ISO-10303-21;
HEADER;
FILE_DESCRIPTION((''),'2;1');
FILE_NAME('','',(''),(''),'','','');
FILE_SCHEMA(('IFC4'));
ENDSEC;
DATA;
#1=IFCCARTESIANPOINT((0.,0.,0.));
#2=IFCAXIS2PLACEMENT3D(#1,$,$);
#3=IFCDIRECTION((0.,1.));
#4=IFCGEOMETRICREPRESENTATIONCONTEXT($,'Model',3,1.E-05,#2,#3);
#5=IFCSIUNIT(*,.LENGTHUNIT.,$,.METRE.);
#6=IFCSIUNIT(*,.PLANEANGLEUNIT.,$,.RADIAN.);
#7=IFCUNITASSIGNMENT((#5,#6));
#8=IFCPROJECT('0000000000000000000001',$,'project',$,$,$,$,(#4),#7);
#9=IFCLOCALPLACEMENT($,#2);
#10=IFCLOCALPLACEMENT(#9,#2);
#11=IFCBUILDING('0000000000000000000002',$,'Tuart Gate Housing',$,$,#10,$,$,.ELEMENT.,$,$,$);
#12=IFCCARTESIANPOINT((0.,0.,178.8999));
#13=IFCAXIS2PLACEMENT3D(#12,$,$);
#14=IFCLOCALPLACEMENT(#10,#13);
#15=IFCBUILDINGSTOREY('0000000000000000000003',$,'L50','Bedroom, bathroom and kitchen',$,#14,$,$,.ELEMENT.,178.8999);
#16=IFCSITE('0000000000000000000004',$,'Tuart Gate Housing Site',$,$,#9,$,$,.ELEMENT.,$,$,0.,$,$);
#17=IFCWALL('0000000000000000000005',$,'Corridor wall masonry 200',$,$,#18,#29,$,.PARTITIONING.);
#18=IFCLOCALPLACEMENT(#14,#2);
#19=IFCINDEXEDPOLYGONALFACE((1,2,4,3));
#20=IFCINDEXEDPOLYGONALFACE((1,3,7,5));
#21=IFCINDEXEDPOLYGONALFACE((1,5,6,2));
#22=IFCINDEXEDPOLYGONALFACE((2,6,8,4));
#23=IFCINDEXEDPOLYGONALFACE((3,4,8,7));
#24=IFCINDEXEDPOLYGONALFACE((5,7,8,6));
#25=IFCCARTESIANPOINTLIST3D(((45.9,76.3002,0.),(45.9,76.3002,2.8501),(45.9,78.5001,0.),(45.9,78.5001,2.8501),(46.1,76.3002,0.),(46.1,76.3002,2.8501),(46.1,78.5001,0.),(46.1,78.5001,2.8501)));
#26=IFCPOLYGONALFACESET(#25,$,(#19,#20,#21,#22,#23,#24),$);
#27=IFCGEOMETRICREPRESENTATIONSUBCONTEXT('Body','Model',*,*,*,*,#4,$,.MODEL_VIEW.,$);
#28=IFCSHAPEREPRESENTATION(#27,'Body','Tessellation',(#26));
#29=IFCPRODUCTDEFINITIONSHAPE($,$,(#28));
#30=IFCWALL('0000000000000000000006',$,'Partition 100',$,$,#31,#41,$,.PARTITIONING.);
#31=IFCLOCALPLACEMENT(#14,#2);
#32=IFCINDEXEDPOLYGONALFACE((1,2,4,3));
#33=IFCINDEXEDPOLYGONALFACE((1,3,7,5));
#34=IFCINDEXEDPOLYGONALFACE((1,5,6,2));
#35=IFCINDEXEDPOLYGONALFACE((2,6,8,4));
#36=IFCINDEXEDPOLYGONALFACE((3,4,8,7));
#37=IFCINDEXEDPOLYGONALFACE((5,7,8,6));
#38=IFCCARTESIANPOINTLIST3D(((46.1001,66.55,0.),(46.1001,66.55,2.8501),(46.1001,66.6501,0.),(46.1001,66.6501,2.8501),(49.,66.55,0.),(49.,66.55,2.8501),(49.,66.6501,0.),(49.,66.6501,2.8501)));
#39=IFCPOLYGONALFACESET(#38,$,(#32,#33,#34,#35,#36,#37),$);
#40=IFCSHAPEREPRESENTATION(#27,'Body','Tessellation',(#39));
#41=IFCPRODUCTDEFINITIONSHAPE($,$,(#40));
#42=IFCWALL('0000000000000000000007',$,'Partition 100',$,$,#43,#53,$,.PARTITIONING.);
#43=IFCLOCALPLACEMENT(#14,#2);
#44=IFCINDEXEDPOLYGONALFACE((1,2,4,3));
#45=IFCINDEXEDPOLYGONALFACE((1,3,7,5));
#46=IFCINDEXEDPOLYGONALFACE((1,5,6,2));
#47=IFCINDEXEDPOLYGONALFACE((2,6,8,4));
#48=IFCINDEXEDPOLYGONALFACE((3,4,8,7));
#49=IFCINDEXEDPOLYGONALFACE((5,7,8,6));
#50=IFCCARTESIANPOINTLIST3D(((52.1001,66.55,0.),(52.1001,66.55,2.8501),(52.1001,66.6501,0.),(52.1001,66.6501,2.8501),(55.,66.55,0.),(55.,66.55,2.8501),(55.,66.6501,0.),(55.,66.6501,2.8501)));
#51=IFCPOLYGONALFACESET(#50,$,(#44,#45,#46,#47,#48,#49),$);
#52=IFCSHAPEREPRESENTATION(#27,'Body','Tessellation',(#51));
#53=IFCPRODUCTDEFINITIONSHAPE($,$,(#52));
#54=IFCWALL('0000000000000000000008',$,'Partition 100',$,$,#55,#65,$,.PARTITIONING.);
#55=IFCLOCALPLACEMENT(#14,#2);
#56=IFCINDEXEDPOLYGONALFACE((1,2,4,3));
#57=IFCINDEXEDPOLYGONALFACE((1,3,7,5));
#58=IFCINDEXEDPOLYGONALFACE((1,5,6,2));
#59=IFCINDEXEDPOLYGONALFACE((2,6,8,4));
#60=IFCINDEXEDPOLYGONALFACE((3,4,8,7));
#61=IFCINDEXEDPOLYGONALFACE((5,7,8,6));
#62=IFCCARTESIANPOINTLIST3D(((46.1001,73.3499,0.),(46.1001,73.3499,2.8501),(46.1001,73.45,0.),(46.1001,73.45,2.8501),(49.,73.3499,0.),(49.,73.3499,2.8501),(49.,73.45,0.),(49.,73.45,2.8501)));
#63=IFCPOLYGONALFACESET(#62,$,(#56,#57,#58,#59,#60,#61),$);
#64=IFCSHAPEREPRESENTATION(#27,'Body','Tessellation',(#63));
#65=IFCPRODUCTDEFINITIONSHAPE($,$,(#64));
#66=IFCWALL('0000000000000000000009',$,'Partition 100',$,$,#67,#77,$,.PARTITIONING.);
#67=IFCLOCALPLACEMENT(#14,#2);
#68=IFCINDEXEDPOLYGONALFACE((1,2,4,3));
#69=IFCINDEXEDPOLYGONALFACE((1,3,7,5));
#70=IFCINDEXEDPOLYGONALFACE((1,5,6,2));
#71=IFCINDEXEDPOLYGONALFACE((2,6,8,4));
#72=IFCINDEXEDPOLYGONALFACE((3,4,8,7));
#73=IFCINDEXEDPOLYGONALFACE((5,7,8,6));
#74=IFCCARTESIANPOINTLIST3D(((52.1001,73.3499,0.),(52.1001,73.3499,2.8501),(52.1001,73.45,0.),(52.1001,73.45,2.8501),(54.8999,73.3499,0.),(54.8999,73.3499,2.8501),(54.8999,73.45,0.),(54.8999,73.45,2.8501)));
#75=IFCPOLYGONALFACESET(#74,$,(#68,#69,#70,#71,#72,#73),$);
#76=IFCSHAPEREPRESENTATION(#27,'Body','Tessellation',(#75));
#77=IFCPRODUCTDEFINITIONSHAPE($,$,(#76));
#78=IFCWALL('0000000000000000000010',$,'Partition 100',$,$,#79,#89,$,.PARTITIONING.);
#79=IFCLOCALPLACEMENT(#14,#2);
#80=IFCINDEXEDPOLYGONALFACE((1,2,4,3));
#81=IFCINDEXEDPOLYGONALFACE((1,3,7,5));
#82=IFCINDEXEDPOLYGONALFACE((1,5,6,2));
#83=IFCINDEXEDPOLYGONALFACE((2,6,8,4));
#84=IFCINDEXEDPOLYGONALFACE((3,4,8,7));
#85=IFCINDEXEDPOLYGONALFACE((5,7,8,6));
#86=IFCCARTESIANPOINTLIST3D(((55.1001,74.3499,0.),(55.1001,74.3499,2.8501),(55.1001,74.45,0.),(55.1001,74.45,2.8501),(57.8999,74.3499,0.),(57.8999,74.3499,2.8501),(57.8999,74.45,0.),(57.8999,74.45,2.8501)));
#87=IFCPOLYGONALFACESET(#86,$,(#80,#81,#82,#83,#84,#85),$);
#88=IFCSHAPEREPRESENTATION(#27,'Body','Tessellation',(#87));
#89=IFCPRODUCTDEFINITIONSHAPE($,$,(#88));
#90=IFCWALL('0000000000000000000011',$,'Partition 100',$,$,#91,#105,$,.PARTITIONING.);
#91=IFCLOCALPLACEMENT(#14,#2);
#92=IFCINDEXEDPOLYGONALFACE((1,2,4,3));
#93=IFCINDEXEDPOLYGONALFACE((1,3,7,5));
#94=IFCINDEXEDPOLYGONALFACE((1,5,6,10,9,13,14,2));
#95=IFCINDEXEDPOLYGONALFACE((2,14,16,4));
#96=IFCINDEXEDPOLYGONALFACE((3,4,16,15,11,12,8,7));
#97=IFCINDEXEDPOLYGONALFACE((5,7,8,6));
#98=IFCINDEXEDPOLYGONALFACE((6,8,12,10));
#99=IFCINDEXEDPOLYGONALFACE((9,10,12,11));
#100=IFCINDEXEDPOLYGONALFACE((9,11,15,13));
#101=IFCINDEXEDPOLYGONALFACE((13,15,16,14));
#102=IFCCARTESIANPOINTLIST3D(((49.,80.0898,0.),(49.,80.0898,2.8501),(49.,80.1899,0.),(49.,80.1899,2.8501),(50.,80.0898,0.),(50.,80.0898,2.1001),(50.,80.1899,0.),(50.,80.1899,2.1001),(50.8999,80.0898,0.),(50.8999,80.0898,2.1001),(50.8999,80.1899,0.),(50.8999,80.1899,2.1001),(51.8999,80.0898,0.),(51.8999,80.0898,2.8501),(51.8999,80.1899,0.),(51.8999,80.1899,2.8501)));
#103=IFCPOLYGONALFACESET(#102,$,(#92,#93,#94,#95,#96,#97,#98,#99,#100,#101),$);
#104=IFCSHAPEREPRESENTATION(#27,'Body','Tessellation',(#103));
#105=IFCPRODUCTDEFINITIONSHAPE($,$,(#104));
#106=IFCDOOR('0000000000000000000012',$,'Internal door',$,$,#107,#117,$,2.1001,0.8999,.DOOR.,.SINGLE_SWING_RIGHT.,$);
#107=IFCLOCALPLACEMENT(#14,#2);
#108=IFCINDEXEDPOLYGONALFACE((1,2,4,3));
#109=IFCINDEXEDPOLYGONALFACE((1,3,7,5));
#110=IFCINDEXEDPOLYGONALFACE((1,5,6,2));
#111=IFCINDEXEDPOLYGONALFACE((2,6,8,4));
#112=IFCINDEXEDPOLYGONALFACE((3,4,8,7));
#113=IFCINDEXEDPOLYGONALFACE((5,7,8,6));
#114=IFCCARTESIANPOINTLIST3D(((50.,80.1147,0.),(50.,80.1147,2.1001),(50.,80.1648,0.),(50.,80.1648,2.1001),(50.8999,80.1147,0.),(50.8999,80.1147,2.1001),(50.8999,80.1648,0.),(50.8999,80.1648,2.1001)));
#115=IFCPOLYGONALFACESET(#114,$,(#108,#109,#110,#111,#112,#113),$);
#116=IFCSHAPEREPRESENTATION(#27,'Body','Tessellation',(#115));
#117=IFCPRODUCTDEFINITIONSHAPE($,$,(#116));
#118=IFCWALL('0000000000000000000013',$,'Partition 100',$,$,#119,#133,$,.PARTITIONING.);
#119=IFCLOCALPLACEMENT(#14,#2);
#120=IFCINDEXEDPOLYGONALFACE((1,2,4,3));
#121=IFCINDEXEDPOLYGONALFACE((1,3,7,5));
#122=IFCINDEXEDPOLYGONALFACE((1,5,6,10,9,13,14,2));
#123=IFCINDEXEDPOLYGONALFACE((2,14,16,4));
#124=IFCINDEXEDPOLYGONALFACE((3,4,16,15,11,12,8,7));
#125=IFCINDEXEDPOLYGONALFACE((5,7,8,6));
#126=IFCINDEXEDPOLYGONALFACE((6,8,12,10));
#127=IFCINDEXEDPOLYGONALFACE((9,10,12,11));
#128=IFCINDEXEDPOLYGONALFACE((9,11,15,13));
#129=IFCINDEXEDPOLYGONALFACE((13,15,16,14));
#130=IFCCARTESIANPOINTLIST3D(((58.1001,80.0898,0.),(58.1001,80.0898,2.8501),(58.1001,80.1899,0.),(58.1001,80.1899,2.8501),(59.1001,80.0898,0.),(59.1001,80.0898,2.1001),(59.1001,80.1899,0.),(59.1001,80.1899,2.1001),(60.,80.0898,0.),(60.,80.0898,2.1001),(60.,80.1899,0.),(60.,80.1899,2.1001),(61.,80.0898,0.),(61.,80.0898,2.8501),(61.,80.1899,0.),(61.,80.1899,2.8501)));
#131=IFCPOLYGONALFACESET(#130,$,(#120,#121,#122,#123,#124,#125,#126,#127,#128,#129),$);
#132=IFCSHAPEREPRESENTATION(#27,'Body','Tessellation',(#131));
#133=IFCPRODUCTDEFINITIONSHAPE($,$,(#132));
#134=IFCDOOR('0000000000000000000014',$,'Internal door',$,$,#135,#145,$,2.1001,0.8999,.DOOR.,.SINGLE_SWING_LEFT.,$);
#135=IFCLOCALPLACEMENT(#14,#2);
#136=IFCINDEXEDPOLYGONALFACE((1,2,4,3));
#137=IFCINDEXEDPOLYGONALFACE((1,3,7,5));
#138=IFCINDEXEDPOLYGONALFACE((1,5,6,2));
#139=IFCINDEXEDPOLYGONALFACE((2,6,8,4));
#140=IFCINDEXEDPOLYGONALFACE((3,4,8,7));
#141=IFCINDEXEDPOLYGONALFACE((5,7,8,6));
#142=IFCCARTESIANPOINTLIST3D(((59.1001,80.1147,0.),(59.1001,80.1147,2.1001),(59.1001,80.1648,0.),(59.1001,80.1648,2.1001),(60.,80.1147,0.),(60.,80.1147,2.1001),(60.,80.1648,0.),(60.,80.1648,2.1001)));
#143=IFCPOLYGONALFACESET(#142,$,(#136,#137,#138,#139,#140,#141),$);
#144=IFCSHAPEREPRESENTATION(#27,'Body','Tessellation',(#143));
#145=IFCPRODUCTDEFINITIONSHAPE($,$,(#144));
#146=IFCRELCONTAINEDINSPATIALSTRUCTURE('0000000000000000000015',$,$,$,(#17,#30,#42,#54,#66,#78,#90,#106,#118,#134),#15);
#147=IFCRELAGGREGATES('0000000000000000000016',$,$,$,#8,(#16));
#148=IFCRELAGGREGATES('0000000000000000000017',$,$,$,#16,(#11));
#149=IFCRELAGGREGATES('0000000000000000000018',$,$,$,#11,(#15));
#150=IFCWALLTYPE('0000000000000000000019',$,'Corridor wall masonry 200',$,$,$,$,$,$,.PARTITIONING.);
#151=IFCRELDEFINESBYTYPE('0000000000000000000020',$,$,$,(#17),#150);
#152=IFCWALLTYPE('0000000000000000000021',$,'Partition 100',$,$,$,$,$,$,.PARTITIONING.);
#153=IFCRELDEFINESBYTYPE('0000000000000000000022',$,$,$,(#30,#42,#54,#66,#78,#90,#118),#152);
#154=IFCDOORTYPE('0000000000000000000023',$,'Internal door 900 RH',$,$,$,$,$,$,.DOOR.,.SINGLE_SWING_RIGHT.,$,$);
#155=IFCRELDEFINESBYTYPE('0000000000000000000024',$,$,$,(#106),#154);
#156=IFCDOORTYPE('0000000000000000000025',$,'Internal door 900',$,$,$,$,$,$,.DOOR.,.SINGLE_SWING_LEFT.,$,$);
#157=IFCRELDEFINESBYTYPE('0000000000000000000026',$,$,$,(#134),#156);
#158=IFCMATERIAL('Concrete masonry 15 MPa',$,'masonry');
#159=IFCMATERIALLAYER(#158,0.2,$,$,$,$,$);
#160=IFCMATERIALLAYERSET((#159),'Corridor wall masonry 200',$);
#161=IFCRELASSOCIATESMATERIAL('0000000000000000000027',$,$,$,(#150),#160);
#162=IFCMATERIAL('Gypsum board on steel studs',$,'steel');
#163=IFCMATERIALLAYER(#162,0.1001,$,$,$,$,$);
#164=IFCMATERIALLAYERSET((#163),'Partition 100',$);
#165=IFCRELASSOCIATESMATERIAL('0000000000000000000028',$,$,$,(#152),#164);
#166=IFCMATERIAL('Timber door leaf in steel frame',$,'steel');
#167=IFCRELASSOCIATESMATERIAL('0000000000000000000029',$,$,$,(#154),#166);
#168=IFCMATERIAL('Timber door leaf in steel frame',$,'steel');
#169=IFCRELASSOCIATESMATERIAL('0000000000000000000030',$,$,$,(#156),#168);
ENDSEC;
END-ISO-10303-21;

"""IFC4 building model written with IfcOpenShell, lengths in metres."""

from ifc_helpers import new_model, si_unit, direction, frame, frame_2d, origin, place, context, subcontext, project, spatial, rectangle, extrude, material, layer, layer_set, type_object, element, fill, save


model = new_model("IFC4")

# Units and contexts
model_context = context("Model", 3, precision=1e-05, world=origin(), true_north=direction((0.0, 1.0)))
body_context = subcontext(model_context, "Body", "Model", "MODEL_VIEW")
ifc_project = project(units=[si_unit("LENGTHUNIT", "METRE"), si_unit("PLANEANGLEUNIT", "RADIAN")], contexts=[model_context])

# Site, building, storey
site_placement = place(None, origin())
site = spatial("IfcSite", under=ifc_project, at=site_placement, Name="Tuart Gate Housing Site", CompositionType="ELEMENT", RefElevation=0.0)
building_placement = place(site_placement, origin())
building = spatial("IfcBuilding", under=site, at=building_placement, Name="Tuart Gate Housing", CompositionType="ELEMENT")
storey_placement = place(building_placement, frame((0.0, 0.0, 178.8999)))
storey = spatial("IfcBuildingStorey", under=building, at=storey_placement, Name="L50", Description="Bedroom, bathroom and kitchen", CompositionType="ELEMENT", Elevation=178.8999)

# Walls
ifc_material_1 = material(Name="Concrete masonry 15 MPa", Category="masonry")
ifc_layer_1 = layer(ifc_material_1, 0.2)
ifc_layer_set_1 = layer_set([ifc_layer_1], Name="Corridor wall masonry 200")
wall_type_1 = type_object("IfcWallType", Name="Corridor wall masonry 200", PredefinedType="PARTITIONING", material=ifc_layer_set_1)
wall_1_placement = place(storey_placement, frame((46.0, 76.3, 0.0), z_axis=(0.0, 0.0, 1.0), x_axis=(0.0, 1.0, 0.0)))
element("IfcWall", 1, at=wall_1_placement, inside=storey, type_object=wall_type_1, Name="Corridor wall masonry 200", PredefinedType="PARTITIONING", context=body_context, shape_type="SweptSolid", body=[
    extrude(rectangle(XDim=2.2, YDim=0.2, at=frame_2d((1.1001, 0.0))), origin(), (0.0, 0.0, 1.0), 2.8501),
])
ifc_material_2 = material(Name="Gypsum board on steel studs", Category="steel")
ifc_layer_2 = layer(ifc_material_2, 0.1001)
ifc_layer_set_2 = layer_set([ifc_layer_2], Name="Partition 100")
wall_type_2 = type_object("IfcWallType", Name="Partition 100", PredefinedType="PARTITIONING", material=ifc_layer_set_2)
for number, where, z_axis, x_axis, name in (
    (2, (46.1001, 66.6001, 0.0), (0.0, 0.0, 1.0), (1.0, 0.0, 0.0), "Partition 100"),
    (3, (52.1001, 66.6001, 0.0), (0.0, 0.0, 1.0), (1.0, 0.0, 0.0), "Partition 100"),
    (4, (46.1001, 73.3999, 0.0), (0.0, 0.0, 1.0), (1.0, 0.0, 0.0), "Partition 100"),
):
    element("IfcWall", number, at=place(storey_placement, frame(where, z_axis=z_axis, x_axis=x_axis)), inside=storey, type_object=wall_type_2, Name=name, PredefinedType="PARTITIONING", context=body_context, shape_type="SweptSolid", body=[
        extrude(rectangle(XDim=2.8999, YDim=0.1001, at=frame_2d((1.45, 0.0))), origin(), (0.0, 0.0, 1.0), 2.8501),
    ])
for number, where, z_axis, x_axis, name in (
    (5, (52.1001, 73.3999, 0.0), (0.0, 0.0, 1.0), (1.0, 0.0, 0.0), "Partition 100"),
    (6, (55.1001, 74.3999, 0.0), (0.0, 0.0, 1.0), (1.0, 0.0, 0.0), "Partition 100"),
):
    element("IfcWall", number, at=place(storey_placement, frame(where, z_axis=z_axis, x_axis=x_axis)), inside=storey, type_object=wall_type_2, Name=name, PredefinedType="PARTITIONING", context=body_context, shape_type="SweptSolid", body=[
        extrude(rectangle(XDim=2.7998, YDim=0.1001, at=frame_2d((1.3999, 0.0))), origin(), (0.0, 0.0, 1.0), 2.8501),
    ])

# Walls, openings, doors
wall_2_placement = place(storey_placement, frame((49.0, 80.1399, 0.0), z_axis=(0.0, 0.0, 1.0), x_axis=(1.0, 0.0, 0.0)))
wall_2 = element("IfcWall", 7, at=wall_2_placement, inside=storey, type_object=wall_type_2, Name="Partition 100", PredefinedType="PARTITIONING", context=body_context, shape_type="SweptSolid", body=[
    extrude(rectangle(XDim=2.8999, YDim=0.1001, at=frame_2d((1.45, 0.0))), origin(), (0.0, 0.0, 1.0), 2.8501),
])
opening_1_placement = place(wall_2_placement, frame((1.0, 0.0, 0.0)))
opening_1 = element("IfcOpeningElement", 8, at=opening_1_placement, cuts=wall_2, PredefinedType="OPENING", context=body_context, shape_type="SweptSolid", body=[
    extrude(rectangle(XDim=0.8999, YDim=2.1001, at=frame_2d((0.45, 1.05))), frame((0.0, 0.0601, 0.0), z_axis=(0.0, -1.0, 0.0), x_axis=(1.0, 0.0, 0.0)), (0.0, 0.0, 1.0), 0.1201),
])
ifc_material_3 = material(Name="Timber door leaf in steel frame", Category="steel")
door_type_1 = type_object("IfcDoorType", Name="Internal door 900 RH", OperationType="SINGLE_SWING_RIGHT", PredefinedType="DOOR", material=ifc_material_3)
door_1_placement = place(opening_1_placement, frame((0.8999, 0.0, 0.0), z_axis=(0.0, 0.0, 1.0), x_axis=(-1.0, 0.0, 0.0)))
door_1 = element("IfcDoor", 9, at=door_1_placement, inside=storey, type_object=door_type_1, Name="Internal door", OperationType="SINGLE_SWING_RIGHT", OverallHeight=2.1001, OverallWidth=0.8999, PredefinedType="DOOR", context=body_context, shape_type="SweptSolid", body=[
    extrude(rectangle(XDim=0.8999, YDim=2.1001, at=frame_2d((0.45, 1.05))), frame((0.0, 0.0251, 0.0), z_axis=(0.0, -1.0, 0.0), x_axis=(1.0, 0.0, 0.0)), (0.0, 0.0, 1.0), 0.05),
])
fill(opening_1, door_1)
wall_3_placement = place(storey_placement, frame((58.1001, 80.1399, 0.0), z_axis=(0.0, 0.0, 1.0), x_axis=(1.0, 0.0, 0.0)))
wall_3 = element("IfcWall", 10, at=wall_3_placement, inside=storey, type_object=wall_type_2, Name="Partition 100", PredefinedType="PARTITIONING", context=body_context, shape_type="SweptSolid", body=[
    extrude(rectangle(XDim=2.8999, YDim=0.1001, at=frame_2d((1.45, 0.0))), origin(), (0.0, 0.0, 1.0), 2.8501),
])
opening_2_placement = place(wall_3_placement, frame((1.0, 0.0, 0.0)))
opening_2 = element("IfcOpeningElement", 11, at=opening_2_placement, cuts=wall_3, PredefinedType="OPENING", context=body_context, shape_type="SweptSolid", body=[
    extrude(rectangle(XDim=0.8999, YDim=2.1001, at=frame_2d((0.45, 1.05))), frame((0.0, 0.0601, 0.0), z_axis=(0.0, -1.0, 0.0), x_axis=(1.0, 0.0, 0.0)), (0.0, 0.0, 1.0), 0.1201),
])
ifc_material_4 = material(Name="Timber door leaf in steel frame", Category="steel")
door_type_2 = type_object("IfcDoorType", Name="Internal door 900", OperationType="SINGLE_SWING_LEFT", PredefinedType="DOOR", material=ifc_material_4)
door_2_placement = place(opening_2_placement, frame((0.8999, 0.0, 0.0), z_axis=(0.0, 0.0, 1.0), x_axis=(-1.0, 0.0, 0.0)))
door_2 = element("IfcDoor", 12, at=door_2_placement, inside=storey, type_object=door_type_2, Name="Internal door", OperationType="SINGLE_SWING_LEFT", OverallHeight=2.1001, OverallWidth=0.8999, PredefinedType="DOOR", context=body_context, shape_type="SweptSolid", body=[
    extrude(rectangle(XDim=0.8999, YDim=2.1001, at=frame_2d((0.45, 1.05))), frame((0.0, 0.0251, 0.0), z_axis=(0.0, -1.0, 0.0), x_axis=(1.0, 0.0, 0.0)), (0.0, 0.0, 1.0), 0.05),
])
fill(opening_2, door_2)

save(model, "model.ifc")
